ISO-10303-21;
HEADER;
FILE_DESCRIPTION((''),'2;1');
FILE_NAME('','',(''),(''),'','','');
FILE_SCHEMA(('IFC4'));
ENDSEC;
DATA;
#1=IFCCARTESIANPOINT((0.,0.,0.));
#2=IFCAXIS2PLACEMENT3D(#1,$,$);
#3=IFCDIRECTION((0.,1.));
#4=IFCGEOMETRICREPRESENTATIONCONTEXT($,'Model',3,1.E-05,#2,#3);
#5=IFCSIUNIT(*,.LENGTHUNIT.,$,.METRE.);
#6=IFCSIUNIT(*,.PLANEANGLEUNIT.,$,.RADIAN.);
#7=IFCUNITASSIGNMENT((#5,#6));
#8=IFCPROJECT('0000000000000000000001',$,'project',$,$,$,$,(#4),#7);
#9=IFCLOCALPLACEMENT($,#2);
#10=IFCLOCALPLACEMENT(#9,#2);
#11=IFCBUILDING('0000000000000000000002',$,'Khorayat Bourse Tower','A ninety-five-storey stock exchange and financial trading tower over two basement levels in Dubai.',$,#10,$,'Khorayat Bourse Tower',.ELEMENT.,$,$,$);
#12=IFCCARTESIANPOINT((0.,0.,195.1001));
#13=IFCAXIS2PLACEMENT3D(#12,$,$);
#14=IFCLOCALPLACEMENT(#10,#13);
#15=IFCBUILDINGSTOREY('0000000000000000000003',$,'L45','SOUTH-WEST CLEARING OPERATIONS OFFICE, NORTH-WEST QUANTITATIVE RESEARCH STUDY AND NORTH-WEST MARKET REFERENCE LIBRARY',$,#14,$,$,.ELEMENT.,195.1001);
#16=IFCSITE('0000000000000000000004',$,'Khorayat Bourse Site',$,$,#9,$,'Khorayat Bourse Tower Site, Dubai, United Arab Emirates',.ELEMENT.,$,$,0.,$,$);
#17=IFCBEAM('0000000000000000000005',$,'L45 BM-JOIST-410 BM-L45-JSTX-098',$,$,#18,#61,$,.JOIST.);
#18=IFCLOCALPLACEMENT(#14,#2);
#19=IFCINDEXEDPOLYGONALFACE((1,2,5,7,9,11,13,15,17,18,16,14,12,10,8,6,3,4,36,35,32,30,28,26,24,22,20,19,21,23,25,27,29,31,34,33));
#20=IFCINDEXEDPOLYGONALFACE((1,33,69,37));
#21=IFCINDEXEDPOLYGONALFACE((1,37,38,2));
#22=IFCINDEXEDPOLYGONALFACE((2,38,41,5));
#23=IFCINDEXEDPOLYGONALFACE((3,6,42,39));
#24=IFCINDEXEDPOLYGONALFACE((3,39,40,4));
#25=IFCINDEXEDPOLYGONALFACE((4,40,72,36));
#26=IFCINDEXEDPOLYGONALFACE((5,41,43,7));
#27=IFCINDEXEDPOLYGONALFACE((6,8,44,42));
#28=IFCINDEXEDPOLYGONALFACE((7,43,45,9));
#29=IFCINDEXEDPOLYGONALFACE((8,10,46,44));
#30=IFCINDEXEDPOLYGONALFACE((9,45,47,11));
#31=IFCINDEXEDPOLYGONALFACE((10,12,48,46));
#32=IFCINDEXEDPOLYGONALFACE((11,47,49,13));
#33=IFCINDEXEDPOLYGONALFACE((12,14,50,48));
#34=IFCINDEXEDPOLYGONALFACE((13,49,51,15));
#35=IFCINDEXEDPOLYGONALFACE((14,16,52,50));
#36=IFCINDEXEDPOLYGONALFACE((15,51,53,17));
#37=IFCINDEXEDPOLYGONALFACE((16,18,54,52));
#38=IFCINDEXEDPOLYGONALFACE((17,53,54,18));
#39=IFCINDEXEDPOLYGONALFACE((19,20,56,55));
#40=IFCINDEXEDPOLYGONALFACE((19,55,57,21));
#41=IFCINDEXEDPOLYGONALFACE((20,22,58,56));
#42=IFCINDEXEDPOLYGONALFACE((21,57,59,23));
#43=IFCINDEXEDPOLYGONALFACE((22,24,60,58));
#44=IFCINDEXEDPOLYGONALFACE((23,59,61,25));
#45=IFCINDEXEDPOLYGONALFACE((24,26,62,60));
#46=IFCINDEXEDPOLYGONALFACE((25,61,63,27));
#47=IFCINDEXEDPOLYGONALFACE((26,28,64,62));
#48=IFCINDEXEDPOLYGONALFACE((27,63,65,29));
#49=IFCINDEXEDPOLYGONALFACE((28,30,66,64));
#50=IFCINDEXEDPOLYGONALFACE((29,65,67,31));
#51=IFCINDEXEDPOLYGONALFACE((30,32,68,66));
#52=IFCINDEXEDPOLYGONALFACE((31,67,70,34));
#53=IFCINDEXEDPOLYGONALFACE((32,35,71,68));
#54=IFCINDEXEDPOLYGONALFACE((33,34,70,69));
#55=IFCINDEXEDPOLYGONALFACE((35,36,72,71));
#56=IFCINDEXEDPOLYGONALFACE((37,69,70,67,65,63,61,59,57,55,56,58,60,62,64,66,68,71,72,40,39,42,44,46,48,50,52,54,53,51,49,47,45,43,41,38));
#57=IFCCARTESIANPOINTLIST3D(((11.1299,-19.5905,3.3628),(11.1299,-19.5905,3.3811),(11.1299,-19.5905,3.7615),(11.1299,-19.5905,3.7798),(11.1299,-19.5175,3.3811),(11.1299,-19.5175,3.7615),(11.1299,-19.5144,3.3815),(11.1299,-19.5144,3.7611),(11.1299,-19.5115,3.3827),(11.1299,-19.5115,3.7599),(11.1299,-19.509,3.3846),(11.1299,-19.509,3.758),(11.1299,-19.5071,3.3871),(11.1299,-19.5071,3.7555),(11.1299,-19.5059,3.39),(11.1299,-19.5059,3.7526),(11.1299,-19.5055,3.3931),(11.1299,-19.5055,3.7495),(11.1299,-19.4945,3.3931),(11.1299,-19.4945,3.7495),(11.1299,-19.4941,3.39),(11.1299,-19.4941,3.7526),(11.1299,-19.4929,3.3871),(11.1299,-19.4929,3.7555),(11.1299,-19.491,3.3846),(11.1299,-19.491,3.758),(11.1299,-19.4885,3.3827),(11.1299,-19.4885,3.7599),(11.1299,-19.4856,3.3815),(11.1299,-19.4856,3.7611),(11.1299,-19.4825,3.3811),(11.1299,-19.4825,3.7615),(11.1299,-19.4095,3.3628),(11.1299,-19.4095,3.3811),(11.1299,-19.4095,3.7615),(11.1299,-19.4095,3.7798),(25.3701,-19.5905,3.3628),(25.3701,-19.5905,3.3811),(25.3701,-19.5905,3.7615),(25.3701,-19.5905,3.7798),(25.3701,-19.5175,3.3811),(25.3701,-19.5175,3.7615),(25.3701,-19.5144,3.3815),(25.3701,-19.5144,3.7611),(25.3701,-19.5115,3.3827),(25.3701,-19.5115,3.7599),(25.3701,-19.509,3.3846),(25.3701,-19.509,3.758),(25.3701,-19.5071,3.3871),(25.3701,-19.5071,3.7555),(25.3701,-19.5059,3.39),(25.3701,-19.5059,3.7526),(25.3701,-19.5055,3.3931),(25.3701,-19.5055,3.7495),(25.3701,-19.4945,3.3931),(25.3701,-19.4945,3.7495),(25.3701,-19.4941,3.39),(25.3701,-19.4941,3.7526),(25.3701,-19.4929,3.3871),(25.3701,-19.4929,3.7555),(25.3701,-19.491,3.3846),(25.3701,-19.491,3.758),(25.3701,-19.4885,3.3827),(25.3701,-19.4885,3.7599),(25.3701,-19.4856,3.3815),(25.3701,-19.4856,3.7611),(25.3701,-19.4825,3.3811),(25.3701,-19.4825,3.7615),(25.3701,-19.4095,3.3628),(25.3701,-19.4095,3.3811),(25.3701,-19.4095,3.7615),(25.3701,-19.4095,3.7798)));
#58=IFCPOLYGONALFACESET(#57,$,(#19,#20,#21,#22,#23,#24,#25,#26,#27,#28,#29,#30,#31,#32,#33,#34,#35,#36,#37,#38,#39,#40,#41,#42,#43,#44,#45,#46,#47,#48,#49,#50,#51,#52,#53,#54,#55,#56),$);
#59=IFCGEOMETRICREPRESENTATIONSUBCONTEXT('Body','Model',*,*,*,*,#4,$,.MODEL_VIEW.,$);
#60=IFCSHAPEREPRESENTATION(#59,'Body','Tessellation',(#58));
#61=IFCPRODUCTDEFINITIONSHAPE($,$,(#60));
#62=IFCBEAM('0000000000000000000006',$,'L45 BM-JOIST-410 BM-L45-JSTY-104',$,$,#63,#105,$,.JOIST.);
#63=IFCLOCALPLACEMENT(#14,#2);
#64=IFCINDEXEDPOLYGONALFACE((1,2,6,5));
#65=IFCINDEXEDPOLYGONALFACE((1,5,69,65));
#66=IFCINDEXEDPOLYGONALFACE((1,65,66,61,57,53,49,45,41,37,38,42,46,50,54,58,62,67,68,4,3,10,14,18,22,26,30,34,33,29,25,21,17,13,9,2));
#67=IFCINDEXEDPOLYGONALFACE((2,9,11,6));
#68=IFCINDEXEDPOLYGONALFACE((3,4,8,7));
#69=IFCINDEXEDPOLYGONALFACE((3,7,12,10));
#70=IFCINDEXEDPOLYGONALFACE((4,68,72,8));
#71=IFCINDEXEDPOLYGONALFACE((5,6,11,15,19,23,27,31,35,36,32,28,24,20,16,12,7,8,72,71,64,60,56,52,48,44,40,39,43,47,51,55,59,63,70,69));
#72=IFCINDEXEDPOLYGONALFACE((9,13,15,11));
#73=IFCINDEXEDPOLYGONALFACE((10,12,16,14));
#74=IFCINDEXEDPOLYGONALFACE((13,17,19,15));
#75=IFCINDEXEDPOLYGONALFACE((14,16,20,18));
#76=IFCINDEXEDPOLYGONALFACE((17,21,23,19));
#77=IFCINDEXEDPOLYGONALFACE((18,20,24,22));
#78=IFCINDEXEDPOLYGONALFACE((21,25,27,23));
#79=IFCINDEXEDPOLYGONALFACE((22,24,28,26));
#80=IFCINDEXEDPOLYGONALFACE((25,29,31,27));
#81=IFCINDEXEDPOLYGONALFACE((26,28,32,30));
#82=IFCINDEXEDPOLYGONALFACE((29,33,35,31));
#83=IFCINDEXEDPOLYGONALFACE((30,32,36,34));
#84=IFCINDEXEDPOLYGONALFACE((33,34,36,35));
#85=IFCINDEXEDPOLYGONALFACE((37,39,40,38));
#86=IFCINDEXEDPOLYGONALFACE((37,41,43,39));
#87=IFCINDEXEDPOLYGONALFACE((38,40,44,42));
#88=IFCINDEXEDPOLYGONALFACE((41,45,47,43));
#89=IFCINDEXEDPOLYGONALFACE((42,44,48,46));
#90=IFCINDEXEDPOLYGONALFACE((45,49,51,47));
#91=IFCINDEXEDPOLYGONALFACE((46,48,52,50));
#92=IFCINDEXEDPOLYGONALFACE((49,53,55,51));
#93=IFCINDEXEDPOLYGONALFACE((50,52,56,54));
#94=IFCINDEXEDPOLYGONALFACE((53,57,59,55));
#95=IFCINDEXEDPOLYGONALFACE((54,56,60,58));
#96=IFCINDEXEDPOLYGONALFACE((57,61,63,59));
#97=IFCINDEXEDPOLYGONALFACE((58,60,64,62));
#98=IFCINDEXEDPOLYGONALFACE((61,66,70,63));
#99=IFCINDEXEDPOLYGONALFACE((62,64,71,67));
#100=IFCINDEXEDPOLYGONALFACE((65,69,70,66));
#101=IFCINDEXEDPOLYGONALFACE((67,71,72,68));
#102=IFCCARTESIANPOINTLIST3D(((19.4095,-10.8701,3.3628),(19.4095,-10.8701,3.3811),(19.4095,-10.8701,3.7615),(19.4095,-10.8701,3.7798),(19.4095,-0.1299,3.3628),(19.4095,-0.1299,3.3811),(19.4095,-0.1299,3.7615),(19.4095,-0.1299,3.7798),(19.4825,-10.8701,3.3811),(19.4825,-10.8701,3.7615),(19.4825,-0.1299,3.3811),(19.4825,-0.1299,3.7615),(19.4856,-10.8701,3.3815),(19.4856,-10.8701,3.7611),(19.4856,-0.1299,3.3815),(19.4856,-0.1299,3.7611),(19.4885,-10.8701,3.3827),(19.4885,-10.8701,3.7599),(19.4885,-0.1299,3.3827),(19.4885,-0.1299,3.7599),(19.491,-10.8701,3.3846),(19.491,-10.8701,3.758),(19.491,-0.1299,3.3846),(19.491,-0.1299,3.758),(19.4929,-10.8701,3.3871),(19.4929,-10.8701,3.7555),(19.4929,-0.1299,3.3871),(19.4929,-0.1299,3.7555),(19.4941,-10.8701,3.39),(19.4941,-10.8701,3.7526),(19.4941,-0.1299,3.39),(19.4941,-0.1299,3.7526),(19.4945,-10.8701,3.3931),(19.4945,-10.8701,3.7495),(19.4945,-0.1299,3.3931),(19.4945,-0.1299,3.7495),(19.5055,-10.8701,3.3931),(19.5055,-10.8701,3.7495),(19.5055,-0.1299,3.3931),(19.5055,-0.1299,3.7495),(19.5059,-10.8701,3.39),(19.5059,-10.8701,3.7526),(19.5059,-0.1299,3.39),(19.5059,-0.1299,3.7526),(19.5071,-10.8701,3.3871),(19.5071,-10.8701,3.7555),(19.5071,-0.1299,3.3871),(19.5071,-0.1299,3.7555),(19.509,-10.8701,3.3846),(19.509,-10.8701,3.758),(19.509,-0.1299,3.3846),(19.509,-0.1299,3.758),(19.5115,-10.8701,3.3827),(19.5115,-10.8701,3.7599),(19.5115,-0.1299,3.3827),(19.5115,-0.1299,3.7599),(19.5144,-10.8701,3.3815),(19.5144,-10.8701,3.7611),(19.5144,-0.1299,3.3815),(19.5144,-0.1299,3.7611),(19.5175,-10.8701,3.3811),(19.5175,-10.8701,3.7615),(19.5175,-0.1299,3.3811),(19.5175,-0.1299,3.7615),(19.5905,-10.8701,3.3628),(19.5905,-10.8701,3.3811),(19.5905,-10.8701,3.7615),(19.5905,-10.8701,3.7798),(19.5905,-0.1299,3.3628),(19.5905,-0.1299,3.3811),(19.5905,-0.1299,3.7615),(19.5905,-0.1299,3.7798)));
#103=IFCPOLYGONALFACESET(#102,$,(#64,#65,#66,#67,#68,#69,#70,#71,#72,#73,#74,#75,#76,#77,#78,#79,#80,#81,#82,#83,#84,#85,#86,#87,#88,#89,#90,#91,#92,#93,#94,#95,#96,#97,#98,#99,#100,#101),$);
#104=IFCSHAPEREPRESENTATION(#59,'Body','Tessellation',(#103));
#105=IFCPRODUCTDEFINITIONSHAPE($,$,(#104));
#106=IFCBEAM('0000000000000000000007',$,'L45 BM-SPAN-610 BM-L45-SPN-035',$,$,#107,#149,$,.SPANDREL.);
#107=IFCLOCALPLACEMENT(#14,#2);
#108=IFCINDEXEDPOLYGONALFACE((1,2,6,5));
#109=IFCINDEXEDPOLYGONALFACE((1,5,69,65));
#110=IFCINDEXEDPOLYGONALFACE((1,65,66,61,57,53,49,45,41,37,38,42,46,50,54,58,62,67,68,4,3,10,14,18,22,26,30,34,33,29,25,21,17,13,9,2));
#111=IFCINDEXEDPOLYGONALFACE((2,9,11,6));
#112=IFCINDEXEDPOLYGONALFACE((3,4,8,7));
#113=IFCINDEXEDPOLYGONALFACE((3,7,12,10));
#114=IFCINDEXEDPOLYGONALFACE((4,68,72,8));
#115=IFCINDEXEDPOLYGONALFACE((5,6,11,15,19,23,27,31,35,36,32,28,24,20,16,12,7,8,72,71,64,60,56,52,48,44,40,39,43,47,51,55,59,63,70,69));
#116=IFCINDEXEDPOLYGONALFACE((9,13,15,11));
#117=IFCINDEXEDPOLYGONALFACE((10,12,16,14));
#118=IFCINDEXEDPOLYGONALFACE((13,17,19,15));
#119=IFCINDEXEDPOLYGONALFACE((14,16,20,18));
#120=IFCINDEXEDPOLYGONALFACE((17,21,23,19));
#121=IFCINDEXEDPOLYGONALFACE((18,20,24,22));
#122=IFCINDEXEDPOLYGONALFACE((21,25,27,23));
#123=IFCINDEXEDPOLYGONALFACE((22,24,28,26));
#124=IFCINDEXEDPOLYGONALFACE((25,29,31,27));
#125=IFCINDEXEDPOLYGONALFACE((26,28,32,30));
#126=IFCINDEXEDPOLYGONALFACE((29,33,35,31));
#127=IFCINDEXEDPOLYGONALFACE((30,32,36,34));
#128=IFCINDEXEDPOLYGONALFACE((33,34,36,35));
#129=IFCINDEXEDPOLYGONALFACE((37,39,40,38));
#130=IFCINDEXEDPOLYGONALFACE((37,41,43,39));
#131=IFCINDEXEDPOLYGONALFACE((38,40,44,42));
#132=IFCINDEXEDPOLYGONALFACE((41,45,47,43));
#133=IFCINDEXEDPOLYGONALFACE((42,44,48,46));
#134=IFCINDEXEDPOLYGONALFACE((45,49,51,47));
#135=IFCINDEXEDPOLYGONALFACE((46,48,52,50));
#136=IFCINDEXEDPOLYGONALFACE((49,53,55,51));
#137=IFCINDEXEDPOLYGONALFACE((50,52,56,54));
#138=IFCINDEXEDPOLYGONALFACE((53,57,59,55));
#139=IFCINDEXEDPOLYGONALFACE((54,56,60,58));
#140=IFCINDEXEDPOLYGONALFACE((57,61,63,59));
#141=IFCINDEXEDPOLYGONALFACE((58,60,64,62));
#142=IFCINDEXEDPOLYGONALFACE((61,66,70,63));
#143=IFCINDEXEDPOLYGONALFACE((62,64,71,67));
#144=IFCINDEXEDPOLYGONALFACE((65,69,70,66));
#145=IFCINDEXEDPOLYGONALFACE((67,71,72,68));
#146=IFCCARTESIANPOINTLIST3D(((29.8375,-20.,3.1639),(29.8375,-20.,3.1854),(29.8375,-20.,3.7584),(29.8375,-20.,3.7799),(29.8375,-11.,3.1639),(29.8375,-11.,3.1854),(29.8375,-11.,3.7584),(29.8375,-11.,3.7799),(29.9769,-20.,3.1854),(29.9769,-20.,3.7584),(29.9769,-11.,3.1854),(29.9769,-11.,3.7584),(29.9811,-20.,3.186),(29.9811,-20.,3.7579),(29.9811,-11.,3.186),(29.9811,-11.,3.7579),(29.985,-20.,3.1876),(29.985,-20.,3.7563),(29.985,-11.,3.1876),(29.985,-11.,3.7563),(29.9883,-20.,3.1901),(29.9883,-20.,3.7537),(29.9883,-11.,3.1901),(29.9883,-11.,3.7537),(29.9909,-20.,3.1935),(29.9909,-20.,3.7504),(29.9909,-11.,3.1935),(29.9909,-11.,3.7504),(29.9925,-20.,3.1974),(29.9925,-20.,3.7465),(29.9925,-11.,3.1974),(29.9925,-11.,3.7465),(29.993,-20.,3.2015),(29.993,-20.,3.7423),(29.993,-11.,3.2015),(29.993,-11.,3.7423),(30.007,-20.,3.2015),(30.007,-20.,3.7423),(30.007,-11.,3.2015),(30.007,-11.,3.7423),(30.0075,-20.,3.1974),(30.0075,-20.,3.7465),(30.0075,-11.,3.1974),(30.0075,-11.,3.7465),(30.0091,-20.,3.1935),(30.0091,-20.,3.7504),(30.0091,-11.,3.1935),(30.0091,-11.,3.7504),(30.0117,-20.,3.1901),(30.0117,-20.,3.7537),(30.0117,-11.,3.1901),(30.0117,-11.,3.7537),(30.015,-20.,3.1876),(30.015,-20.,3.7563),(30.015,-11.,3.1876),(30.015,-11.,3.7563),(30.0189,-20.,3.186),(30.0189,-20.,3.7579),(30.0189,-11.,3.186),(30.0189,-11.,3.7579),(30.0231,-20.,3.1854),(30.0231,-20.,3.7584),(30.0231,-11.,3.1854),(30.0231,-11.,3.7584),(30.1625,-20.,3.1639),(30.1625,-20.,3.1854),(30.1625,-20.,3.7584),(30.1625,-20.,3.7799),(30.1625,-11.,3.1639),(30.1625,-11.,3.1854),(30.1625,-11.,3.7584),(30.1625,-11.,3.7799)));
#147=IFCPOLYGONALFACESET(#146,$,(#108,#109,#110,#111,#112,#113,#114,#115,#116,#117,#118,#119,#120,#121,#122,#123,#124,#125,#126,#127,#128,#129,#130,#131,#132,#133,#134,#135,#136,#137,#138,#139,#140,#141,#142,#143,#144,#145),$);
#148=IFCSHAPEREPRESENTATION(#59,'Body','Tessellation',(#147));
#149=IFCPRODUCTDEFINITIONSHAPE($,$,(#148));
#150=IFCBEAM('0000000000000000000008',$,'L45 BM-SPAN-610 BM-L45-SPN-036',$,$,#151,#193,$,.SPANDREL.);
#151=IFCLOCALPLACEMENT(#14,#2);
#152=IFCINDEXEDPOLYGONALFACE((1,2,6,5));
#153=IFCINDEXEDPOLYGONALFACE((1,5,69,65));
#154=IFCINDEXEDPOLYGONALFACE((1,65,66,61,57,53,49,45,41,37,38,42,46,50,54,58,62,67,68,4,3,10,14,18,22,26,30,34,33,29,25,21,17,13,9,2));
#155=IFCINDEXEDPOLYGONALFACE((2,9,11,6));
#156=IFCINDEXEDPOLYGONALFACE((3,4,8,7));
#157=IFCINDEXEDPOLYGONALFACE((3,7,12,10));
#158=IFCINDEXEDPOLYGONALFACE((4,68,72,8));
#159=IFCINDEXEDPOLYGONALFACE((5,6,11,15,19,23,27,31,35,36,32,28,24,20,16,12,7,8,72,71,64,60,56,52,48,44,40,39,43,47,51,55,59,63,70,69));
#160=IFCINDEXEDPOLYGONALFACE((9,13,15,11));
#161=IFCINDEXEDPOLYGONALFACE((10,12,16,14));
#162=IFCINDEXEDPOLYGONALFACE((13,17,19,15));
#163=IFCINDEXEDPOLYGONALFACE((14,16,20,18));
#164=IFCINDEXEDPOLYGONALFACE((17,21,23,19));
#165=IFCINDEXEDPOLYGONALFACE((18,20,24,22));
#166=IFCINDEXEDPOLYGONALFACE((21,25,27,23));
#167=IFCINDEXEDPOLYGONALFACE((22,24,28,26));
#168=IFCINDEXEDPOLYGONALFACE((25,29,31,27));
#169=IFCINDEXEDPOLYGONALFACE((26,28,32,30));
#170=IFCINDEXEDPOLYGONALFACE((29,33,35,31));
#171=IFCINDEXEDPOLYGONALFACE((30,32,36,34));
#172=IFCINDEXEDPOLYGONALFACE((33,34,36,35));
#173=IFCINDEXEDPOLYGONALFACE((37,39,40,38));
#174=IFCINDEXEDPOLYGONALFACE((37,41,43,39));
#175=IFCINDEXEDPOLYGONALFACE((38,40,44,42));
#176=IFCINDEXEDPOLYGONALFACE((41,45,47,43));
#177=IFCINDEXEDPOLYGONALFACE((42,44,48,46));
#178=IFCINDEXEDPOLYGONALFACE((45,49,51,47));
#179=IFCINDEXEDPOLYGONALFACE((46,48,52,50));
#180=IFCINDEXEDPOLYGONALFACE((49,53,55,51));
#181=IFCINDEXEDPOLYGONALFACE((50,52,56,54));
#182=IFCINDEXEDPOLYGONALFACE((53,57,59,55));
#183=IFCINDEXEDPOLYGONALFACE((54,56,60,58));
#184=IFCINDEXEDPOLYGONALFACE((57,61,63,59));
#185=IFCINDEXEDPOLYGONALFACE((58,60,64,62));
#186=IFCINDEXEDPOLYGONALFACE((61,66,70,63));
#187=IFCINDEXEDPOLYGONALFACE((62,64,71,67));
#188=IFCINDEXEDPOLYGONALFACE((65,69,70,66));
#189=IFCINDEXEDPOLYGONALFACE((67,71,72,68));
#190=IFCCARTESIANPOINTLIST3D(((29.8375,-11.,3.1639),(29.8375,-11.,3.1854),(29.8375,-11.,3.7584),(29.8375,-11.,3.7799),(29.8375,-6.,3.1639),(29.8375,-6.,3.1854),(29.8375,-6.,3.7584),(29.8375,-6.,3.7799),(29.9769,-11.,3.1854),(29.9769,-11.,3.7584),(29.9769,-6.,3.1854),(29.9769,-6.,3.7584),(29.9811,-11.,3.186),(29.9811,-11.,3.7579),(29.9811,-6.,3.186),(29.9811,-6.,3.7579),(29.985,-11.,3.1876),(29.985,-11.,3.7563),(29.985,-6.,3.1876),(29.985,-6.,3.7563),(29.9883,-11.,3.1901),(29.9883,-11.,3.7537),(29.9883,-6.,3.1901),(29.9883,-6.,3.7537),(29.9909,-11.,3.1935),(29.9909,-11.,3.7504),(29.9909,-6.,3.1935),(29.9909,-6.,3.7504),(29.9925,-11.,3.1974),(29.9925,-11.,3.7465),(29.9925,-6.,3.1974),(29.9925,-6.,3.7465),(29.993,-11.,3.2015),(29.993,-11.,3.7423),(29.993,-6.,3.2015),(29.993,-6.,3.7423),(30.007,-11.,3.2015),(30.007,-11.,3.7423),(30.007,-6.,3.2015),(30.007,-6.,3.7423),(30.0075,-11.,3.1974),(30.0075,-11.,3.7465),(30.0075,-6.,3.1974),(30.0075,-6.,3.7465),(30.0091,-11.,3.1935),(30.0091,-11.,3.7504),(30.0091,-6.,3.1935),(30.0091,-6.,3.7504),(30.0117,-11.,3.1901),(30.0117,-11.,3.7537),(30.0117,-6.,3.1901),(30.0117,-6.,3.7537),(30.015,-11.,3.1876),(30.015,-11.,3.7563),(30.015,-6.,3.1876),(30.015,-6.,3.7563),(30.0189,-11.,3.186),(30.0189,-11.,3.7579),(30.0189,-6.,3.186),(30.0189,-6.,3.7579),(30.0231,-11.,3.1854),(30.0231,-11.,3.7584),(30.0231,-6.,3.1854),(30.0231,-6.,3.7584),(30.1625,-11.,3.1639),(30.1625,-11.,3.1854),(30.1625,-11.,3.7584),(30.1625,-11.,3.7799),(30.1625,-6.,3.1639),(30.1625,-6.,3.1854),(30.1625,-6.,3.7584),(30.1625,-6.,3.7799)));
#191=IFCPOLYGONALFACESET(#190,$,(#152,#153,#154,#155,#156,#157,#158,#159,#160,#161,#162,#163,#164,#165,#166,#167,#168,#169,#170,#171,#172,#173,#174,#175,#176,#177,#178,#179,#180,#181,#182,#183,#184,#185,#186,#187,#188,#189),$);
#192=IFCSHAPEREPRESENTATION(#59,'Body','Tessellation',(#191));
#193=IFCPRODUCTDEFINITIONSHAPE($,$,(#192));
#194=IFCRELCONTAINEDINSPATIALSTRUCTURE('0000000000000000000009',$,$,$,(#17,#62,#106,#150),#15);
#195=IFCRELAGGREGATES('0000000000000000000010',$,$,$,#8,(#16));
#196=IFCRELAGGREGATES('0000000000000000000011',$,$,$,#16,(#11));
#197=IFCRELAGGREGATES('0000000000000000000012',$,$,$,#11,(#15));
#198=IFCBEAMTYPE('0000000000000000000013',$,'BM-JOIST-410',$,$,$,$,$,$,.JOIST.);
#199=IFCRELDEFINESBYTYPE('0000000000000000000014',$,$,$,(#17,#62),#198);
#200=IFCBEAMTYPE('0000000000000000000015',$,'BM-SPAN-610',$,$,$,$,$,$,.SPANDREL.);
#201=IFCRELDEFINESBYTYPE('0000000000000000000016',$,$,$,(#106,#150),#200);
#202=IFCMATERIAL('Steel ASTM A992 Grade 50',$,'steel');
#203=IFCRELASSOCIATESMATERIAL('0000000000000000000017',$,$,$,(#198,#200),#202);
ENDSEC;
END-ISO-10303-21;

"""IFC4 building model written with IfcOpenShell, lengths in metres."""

from ifc_helpers import new_model, si_unit, direction, frame, origin, origin_2d, place, context, subcontext, project, spatial, i_section, extrude, source, transform, mapped, material, material_profile, profile_set, type_object, element, save


model = new_model("IFC4")

# Units and contexts
model_context = context("Model", 3, precision=1e-05, world=origin(), true_north=direction((0.0, 1.0)))
body_context = subcontext(model_context, "Body", "Model", "MODEL_VIEW")
ifc_project = project(units=[si_unit("LENGTHUNIT", "METRE"), si_unit("PLANEANGLEUNIT", "RADIAN")], contexts=[model_context])

# Site, building, storey
site_placement = place(None, origin())
site = spatial("IfcSite", under=ifc_project, at=site_placement, Name="Khorayat Bourse Site", LongName="Khorayat Bourse Tower Site, Dubai, United Arab Emirates", CompositionType="ELEMENT", RefElevation=0.0)
building_placement = place(site_placement, origin())
building = spatial("IfcBuilding", under=site, at=building_placement, Name="Khorayat Bourse Tower", Description="A ninety-five-storey stock exchange and financial trading tower over two basement levels in Dubai.", LongName="Khorayat Bourse Tower", CompositionType="ELEMENT")
storey_placement = place(building_placement, frame((0.0, 0.0, 195.1001)))
storey = spatial("IfcBuildingStorey", under=building, at=storey_placement, Name="L45", Description="SOUTH-WEST CLEARING OPERATIONS OFFICE, NORTH-WEST QUANTITATIVE RESEARCH STUDY AND NORTH-WEST MARKET REFERENCE LIBRARY", CompositionType="ELEMENT", Elevation=195.1001)

# Beams
ifc_material_1 = material(Name="Steel ASTM A992 Grade 50", Category="steel")
ifc_material_profile_1 = material_profile(ifc_material_1, i_section(OverallWidth=0.1809, OverallDepth=0.417, WebThickness=0.011, FlangeThickness=0.0183, FilletRadius=0.012, at=origin_2d()), Name="W410X85")
ifc_profile_set_1 = profile_set([ifc_material_profile_1], Name="Steel ASTM A992 Grade 50")
beam_type_1 = type_object("IfcBeamType", Name="BM-JOIST-410", PredefinedType="JOIST", material=ifc_profile_set_1)
shared_shape_1 = source(origin(), body_context, "Body", "SweptSolid", [
    extrude(i_section(OverallWidth=0.1809, OverallDepth=0.417, WebThickness=0.011, FlangeThickness=0.0183, FilletRadius=0.012, at=origin_2d()), origin(), (0.0, 0.0, 1.0), 14.2402),
])
beam_1_placement = place(storey_placement, frame((11.1299, -19.5, 3.5713), z_axis=(1.0, 0.0, 0.0), x_axis=(0.0, 1.0, 0.0)))
element("IfcBeam", 1, at=beam_1_placement, inside=storey, type_object=beam_type_1, Name="L45 BM-JOIST-410 BM-L45-JSTX-098", PredefinedType="JOIST", context=body_context, shape_type="MappedRepresentation", body=[
    mapped(shared_shape_1, transform((0.0, 0.0, 0.0), scale=1.0)),
])
shared_shape_2 = source(origin(), body_context, "Body", "SweptSolid", [
    extrude(i_section(OverallWidth=0.1809, OverallDepth=0.417, WebThickness=0.011, FlangeThickness=0.0183, FilletRadius=0.012, at=origin_2d()), origin(), (0.0, 0.0, 1.0), 10.7402),
])
beam_2_placement = place(storey_placement, frame((19.5, -10.8701, 3.5713), z_axis=(0.0, 1.0, 0.0), x_axis=(-1.0, 0.0, 0.0)))
element("IfcBeam", 2, at=beam_2_placement, inside=storey, type_object=beam_type_1, Name="L45 BM-JOIST-410 BM-L45-JSTY-104", PredefinedType="JOIST", context=body_context, shape_type="MappedRepresentation", body=[
    mapped(shared_shape_2, transform((0.0, 0.0, 0.0), scale=1.0)),
])
ifc_material_profile_2 = material_profile(ifc_material_1, i_section(OverallWidth=0.325, OverallDepth=0.616, WebThickness=0.0139, FlangeThickness=0.0215, FilletRadius=0.0161, at=origin_2d()), Name="W610X174")
ifc_profile_set_2 = profile_set([ifc_material_profile_2], Name="Steel ASTM A992 Grade 50")
beam_type_2 = type_object("IfcBeamType", Name="BM-SPAN-610", PredefinedType="SPANDREL", material=ifc_profile_set_2)
shared_shape_3 = source(origin(), body_context, "Body", "SweptSolid", [
    extrude(i_section(OverallWidth=0.325, OverallDepth=0.616, WebThickness=0.0139, FlangeThickness=0.0215, FilletRadius=0.0161, at=origin_2d()), origin(), (0.0, 0.0, 1.0), 9.0),
])
beam_3_placement = place(storey_placement, frame((30.0, -20.0, 3.4719), z_axis=(0.0, 1.0, 0.0), x_axis=(-1.0, 0.0, 0.0)))
element("IfcBeam", 3, at=beam_3_placement, inside=storey, type_object=beam_type_2, Name="L45 BM-SPAN-610 BM-L45-SPN-035", PredefinedType="SPANDREL", context=body_context, shape_type="MappedRepresentation", body=[
    mapped(shared_shape_3, transform((0.0, 0.0, 0.0), scale=1.0)),
])
shared_shape_4 = source(origin(), body_context, "Body", "SweptSolid", [
    extrude(i_section(OverallWidth=0.325, OverallDepth=0.616, WebThickness=0.0139, FlangeThickness=0.0215, FilletRadius=0.0161, at=origin_2d()), origin(), (0.0, 0.0, 1.0), 5.0),
])
beam_4_placement = place(storey_placement, frame((30.0, -11.0, 3.4719), z_axis=(0.0, 1.0, 0.0), x_axis=(-1.0, 0.0, 0.0)))
element("IfcBeam", 4, at=beam_4_placement, inside=storey, type_object=beam_type_2, Name="L45 BM-SPAN-610 BM-L45-SPN-036", PredefinedType="SPANDREL", context=body_context, shape_type="MappedRepresentation", body=[
    mapped(shared_shape_4, transform((0.0, 0.0, 0.0), scale=1.0)),
])

save(model, "model.ifc")
